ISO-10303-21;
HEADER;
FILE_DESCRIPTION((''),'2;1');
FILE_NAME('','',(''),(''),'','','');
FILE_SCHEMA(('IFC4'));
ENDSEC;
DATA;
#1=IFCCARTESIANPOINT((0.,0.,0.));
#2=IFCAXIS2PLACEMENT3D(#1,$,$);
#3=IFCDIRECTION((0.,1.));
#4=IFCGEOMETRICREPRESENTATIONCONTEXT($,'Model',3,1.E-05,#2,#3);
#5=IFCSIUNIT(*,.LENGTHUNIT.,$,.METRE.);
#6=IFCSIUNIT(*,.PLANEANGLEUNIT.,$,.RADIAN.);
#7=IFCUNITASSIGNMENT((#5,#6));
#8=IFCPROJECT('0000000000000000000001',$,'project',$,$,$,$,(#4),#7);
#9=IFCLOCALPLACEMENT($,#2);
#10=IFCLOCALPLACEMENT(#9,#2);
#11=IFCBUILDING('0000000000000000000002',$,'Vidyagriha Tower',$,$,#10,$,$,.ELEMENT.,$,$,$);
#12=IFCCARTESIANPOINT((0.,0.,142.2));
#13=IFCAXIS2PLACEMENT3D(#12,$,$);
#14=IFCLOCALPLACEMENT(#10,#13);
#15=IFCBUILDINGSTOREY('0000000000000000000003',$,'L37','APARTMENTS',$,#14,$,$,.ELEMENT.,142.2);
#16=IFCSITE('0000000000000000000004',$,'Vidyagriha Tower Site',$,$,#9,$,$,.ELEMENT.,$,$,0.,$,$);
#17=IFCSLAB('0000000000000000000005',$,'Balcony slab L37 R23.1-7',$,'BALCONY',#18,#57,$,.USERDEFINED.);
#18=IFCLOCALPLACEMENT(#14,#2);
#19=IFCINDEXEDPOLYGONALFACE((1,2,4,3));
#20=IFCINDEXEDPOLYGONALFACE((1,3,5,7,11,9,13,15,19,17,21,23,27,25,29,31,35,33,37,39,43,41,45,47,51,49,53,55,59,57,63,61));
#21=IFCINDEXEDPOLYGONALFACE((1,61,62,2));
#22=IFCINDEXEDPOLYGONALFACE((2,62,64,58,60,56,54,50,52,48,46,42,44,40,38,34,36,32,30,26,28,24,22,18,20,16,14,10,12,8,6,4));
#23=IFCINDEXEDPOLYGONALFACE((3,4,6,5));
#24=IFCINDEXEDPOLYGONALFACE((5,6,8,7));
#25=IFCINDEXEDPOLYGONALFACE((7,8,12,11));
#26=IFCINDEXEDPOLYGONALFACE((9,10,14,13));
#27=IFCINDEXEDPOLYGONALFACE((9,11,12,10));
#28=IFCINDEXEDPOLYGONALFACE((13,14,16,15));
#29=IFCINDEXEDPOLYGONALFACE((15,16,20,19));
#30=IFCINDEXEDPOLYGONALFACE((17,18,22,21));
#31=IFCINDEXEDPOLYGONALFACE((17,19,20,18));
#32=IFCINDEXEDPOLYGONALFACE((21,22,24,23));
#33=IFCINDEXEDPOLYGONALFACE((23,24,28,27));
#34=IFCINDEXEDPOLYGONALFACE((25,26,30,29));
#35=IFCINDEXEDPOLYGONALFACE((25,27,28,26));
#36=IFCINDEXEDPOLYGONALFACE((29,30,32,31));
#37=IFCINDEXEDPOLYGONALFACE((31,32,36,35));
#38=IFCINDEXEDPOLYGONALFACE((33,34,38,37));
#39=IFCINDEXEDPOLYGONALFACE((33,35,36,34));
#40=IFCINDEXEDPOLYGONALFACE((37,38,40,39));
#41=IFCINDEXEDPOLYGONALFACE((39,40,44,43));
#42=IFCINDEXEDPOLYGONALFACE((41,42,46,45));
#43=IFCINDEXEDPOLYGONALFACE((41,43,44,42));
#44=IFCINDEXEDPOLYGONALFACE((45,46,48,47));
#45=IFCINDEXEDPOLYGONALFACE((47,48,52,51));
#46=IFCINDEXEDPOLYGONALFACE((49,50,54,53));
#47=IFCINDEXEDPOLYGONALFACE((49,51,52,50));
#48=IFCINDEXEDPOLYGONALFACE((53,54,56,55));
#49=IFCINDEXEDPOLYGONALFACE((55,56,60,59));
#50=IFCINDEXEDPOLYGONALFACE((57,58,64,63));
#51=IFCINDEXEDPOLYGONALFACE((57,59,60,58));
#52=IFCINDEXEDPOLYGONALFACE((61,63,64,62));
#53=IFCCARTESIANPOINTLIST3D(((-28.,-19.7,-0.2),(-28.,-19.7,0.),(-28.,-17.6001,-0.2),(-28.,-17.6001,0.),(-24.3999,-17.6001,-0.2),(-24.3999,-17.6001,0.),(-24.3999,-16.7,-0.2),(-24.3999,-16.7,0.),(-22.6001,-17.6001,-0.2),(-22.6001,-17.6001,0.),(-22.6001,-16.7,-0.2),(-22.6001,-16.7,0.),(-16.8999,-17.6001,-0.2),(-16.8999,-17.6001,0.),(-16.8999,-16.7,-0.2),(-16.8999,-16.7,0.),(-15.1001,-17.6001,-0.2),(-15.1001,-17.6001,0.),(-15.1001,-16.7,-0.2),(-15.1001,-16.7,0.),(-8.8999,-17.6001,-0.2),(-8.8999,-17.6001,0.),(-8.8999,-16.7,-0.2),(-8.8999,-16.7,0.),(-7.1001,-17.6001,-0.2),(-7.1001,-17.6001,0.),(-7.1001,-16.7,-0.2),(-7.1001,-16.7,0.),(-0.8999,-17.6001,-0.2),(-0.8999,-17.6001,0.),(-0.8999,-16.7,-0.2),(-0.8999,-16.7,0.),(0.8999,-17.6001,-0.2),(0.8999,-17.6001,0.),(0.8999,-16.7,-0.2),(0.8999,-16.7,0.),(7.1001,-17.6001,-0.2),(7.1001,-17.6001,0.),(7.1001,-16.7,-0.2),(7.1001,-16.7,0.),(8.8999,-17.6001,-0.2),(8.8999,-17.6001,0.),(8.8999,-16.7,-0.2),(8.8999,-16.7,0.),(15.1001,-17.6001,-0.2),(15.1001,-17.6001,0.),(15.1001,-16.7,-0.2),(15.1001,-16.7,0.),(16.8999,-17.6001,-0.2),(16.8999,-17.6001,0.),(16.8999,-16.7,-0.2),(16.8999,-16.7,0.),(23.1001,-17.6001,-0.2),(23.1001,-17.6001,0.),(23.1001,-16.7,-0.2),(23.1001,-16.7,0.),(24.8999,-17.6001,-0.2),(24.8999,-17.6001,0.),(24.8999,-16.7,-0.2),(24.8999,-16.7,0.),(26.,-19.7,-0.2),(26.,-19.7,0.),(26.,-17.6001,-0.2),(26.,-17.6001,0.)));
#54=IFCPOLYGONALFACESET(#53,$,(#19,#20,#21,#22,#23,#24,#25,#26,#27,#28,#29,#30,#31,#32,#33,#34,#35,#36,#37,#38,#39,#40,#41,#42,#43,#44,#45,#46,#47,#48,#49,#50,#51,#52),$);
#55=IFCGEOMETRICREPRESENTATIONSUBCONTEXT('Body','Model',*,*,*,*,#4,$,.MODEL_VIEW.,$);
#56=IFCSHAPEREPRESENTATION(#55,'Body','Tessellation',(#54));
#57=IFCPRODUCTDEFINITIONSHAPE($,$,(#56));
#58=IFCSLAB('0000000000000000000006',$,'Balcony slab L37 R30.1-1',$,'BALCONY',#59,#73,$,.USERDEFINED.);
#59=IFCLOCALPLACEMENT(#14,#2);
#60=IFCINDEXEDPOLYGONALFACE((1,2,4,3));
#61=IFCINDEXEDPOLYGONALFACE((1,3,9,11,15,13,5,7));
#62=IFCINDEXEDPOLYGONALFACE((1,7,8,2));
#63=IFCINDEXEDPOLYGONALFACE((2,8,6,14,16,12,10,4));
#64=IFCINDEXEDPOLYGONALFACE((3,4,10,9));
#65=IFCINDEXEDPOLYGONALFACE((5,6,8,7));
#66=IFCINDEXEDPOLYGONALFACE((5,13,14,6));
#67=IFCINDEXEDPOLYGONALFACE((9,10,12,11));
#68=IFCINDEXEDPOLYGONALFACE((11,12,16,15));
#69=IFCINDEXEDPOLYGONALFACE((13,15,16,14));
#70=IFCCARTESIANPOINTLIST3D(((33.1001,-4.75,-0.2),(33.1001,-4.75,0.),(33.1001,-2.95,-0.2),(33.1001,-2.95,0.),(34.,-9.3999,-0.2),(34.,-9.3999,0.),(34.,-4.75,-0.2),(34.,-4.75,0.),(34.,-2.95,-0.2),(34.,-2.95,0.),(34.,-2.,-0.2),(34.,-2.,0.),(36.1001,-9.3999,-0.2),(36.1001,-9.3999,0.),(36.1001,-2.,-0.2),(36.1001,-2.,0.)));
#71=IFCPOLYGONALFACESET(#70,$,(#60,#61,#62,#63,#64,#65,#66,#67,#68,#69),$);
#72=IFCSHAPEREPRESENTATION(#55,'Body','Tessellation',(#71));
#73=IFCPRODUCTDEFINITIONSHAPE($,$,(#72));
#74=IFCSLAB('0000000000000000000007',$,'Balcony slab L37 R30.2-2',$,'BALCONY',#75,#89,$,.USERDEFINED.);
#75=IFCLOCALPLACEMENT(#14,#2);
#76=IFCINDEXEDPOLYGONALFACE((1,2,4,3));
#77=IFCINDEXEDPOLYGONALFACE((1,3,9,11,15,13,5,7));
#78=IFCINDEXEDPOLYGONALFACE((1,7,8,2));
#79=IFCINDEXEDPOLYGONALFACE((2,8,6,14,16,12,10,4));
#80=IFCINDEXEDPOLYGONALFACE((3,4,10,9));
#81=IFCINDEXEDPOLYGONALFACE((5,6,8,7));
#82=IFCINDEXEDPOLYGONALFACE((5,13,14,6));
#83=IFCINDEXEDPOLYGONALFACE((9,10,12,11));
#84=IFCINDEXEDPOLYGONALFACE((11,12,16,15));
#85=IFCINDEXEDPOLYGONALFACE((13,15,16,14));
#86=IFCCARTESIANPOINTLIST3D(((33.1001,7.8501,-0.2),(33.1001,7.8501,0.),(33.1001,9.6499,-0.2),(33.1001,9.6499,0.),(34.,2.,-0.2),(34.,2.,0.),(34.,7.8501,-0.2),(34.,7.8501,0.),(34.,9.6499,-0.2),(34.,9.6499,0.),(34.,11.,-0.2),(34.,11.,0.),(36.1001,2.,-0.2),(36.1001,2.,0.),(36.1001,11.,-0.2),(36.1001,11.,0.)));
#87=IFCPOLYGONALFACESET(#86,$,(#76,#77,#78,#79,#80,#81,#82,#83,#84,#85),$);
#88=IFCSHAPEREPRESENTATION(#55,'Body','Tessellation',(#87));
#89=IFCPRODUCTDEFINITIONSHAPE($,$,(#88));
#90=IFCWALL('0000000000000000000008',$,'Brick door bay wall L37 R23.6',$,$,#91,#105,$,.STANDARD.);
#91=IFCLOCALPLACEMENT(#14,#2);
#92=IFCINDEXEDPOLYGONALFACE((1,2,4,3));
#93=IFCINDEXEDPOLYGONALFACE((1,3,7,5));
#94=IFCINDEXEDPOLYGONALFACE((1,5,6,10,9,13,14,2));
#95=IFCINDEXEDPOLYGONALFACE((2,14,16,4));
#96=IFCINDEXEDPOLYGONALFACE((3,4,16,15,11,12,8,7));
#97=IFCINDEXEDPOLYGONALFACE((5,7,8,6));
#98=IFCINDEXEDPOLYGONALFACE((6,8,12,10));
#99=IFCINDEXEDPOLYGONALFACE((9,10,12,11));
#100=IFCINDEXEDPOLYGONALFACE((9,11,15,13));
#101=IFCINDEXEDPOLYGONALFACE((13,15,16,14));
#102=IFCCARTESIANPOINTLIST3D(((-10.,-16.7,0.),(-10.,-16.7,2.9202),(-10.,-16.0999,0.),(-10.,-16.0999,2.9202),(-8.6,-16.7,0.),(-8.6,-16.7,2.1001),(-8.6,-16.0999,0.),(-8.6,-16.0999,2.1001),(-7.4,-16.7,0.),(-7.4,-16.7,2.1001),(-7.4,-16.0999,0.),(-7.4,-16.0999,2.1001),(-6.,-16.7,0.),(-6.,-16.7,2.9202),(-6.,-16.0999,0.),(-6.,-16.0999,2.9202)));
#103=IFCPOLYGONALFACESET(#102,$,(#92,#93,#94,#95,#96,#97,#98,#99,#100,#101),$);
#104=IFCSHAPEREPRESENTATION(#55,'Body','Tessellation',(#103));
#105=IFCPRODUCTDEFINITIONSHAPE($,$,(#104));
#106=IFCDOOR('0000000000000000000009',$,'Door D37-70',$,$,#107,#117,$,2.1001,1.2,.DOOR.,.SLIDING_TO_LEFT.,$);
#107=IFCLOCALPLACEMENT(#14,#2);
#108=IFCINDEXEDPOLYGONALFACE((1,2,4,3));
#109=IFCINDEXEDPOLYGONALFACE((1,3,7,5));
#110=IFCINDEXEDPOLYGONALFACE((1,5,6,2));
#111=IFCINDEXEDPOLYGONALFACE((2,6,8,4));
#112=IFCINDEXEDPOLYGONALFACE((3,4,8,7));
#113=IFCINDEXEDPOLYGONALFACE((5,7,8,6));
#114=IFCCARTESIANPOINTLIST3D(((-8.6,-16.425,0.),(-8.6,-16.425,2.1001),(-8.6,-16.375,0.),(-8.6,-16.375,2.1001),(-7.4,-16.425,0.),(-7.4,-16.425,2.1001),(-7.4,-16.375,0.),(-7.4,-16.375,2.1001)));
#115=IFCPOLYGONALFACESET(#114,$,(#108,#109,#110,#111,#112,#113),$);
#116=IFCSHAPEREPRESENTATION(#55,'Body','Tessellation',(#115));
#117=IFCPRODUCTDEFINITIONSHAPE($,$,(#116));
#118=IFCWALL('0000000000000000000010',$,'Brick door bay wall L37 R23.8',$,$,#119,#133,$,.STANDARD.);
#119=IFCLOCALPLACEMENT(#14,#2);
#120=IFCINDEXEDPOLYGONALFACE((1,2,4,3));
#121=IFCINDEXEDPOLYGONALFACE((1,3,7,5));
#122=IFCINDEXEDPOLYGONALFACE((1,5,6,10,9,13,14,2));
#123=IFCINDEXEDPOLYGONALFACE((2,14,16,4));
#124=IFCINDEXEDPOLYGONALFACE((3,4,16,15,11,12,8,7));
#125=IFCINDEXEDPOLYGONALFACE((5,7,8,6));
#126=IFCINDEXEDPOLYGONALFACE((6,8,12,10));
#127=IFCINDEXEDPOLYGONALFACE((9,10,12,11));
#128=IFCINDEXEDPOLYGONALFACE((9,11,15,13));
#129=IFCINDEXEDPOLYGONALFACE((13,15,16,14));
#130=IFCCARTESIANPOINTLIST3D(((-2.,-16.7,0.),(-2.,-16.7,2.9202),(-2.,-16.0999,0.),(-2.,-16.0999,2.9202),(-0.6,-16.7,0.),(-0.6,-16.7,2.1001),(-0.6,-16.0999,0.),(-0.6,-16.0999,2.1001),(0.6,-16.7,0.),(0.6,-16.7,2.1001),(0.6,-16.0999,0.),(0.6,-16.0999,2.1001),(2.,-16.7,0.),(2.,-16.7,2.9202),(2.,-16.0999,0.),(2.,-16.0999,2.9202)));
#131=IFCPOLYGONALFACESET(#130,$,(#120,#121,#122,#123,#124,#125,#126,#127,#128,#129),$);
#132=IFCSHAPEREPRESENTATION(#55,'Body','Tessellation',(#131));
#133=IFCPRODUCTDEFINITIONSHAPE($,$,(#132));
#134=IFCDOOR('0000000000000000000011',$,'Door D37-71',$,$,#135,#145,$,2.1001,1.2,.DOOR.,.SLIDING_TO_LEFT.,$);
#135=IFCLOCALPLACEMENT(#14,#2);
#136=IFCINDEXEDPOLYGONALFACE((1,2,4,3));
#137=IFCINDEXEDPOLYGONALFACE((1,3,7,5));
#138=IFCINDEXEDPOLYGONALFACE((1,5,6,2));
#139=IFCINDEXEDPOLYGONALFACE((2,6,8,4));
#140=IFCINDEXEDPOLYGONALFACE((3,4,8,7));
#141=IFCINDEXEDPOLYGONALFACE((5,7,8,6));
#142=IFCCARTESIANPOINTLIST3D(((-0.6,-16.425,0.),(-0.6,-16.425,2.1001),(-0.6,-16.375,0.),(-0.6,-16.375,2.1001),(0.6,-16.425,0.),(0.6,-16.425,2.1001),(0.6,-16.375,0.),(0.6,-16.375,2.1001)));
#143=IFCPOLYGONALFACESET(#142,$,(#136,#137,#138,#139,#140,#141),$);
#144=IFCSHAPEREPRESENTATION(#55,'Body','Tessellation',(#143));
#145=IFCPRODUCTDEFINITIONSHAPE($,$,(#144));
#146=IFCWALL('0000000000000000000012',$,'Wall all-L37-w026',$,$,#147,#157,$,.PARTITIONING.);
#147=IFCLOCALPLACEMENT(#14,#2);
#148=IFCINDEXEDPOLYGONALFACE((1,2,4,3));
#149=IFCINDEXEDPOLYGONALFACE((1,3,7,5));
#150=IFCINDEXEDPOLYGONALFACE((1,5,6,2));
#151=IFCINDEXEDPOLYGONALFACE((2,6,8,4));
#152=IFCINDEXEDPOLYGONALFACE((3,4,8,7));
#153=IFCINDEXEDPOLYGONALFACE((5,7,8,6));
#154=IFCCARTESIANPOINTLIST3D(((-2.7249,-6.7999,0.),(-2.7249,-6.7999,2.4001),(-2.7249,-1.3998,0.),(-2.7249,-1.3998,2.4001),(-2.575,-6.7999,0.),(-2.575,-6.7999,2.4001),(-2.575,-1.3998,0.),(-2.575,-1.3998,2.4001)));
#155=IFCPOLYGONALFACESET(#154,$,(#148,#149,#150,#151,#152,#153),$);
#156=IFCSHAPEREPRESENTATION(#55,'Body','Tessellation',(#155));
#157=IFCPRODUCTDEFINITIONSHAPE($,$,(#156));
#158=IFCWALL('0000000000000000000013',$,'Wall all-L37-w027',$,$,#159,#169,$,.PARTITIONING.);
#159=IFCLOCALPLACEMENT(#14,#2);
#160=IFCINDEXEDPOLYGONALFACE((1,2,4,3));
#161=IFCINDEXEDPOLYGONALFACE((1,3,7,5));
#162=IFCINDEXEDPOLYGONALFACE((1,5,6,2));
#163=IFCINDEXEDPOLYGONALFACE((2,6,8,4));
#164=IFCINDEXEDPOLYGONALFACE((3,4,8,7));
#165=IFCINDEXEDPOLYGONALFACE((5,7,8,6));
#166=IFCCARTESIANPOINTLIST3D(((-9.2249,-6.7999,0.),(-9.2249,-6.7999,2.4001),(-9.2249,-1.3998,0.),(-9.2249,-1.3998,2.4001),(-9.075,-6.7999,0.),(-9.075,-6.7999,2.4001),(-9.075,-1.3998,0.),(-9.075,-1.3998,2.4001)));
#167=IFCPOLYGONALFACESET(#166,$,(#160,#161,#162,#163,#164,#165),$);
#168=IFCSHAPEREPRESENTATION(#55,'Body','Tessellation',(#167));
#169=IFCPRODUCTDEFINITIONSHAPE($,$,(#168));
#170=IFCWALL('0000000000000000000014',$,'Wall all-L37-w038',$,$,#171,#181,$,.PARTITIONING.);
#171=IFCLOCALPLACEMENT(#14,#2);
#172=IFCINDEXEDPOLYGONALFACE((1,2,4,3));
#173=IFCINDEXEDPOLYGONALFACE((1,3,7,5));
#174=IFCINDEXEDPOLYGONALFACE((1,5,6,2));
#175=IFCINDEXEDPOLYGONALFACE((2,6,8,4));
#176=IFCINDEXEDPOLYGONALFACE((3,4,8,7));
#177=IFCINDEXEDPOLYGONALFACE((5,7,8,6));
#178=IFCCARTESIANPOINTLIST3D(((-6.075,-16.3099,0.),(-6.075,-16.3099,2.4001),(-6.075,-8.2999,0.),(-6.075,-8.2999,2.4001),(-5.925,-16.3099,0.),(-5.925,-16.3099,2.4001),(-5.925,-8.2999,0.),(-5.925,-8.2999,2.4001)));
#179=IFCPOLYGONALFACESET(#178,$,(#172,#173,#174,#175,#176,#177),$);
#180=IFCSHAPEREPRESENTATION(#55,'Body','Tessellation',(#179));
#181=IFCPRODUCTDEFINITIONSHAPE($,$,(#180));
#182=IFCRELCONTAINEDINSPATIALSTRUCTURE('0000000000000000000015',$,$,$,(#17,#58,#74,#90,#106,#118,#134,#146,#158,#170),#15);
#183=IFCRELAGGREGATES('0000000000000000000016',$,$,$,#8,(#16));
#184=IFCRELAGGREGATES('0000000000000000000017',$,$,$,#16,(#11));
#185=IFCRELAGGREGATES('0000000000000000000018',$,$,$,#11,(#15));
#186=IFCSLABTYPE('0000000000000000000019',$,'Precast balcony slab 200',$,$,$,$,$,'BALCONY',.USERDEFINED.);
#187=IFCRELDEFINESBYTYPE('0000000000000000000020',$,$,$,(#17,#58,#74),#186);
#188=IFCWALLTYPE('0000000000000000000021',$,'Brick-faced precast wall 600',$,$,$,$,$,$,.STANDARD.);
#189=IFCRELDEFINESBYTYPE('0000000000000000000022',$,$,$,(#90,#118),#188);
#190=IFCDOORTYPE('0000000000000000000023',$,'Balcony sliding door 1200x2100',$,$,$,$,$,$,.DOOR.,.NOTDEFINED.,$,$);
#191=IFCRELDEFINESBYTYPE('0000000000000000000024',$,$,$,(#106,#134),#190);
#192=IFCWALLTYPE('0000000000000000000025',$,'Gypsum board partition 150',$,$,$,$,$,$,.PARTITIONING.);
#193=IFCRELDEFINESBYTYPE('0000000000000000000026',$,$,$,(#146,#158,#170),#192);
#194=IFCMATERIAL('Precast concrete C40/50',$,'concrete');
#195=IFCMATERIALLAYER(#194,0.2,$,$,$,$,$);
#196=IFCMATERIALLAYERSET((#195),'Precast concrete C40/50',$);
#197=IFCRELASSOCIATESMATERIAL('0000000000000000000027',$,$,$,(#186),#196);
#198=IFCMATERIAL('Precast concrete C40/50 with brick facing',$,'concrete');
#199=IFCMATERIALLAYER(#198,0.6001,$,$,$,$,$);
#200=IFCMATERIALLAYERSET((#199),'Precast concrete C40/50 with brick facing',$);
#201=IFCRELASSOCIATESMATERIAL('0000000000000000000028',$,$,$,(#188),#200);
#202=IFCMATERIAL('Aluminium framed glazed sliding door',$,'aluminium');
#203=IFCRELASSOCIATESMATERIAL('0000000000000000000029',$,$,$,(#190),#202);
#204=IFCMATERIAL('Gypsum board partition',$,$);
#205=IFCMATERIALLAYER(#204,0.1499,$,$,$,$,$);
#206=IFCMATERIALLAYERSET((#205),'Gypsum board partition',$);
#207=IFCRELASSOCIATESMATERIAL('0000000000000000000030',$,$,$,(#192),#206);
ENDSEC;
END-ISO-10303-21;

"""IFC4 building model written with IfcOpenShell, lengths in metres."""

from ifc_helpers import new_model, si_unit, direction, frame, frame_2d, origin, place, context, subcontext, project, spatial, polyline, rectangle, outline, extrude, material, layer, layer_set, type_object, element, fill, save


model = new_model("IFC4")

# Units and contexts
model_context = context("Model", 3, precision=1e-05, world=origin(), true_north=direction((0.0, 1.0)))
body_context = subcontext(model_context, "Body", "Model", "MODEL_VIEW")
ifc_project = project(units=[si_unit("LENGTHUNIT", "METRE"), si_unit("PLANEANGLEUNIT", "RADIAN")], contexts=[model_context])

# Site, building, storey
site_placement = place(None, origin())
site = spatial("IfcSite", under=ifc_project, at=site_placement, Name="Vidyagriha Tower Site", CompositionType="ELEMENT", RefElevation=0.0)
building_placement = place(site_placement, origin())
building = spatial("IfcBuilding", under=site, at=building_placement, Name="Vidyagriha Tower", CompositionType="ELEMENT")
storey_placement = place(building_placement, frame((0.0, 0.0, 142.2)))
storey = spatial("IfcBuildingStorey", under=building, at=storey_placement, Name="L37", Description="APARTMENTS", CompositionType="ELEMENT", Elevation=142.2)

# Slabs
ifc_material_1 = material(Name="Precast concrete C40/50", Category="concrete")
ifc_layer_1 = layer(ifc_material_1, 0.2)
ifc_layer_set_1 = layer_set([ifc_layer_1], Name="Precast concrete C40/50")
slab_type_1 = type_object("IfcSlabType", Name="Precast balcony slab 200", ElementType="BALCONY", PredefinedType="USERDEFINED", material=ifc_layer_set_1)
slab_1_placement = place(storey_placement, frame((0.0, 0.0, -0.2)))
element("IfcSlab", 1, at=slab_1_placement, inside=storey, type_object=slab_type_1, Name="Balcony slab L37 R23.1-7", ObjectType="BALCONY", PredefinedType="USERDEFINED", context=body_context, shape_type="SweptSolid", body=[
    extrude(outline(polyline([(-22.6001, -16.7), (-24.3999, -16.7), (-24.3999, -17.6001), (-28.0, -17.6001), (-28.0, -19.7), (26.0, -19.7), (26.0, -17.6001), (24.8999, -17.6001), (24.8999, -16.7), (23.1001, -16.7), (23.1001, -17.6001), (16.8999, -17.6001), (16.8999, -16.7), (15.1001, -16.7), (15.1001, -17.6001), (8.8999, -17.6001), (8.8999, -16.7), (7.1001, -16.7), (7.1001, -17.6001), (0.8999, -17.6001), (0.8999, -16.7), (-0.8999, -16.7), (-0.8999, -17.6001), (-7.1001, -17.6001), (-7.1001, -16.7), (-8.8999, -16.7), (-8.8999, -17.6001), (-15.1001, -17.6001), (-15.1001, -16.7), (-16.8999, -16.7), (-16.8999, -17.6001), (-22.6001, -17.6001), (-22.6001, -16.7)])), origin(), (0.0, 0.0, 1.0), 0.2),
])
slab_2_placement = place(storey_placement, frame((0.0, 0.0, -0.2)))
element("IfcSlab", 2, at=slab_2_placement, inside=storey, type_object=slab_type_1, Name="Balcony slab L37 R30.1-1", ObjectType="BALCONY", PredefinedType="USERDEFINED", context=body_context, shape_type="SweptSolid", body=[
    extrude(outline(polyline([(34.0, -4.75), (34.0, -9.3999), (36.1001, -9.3999), (36.1001, -2.0), (34.0, -2.0), (34.0, -2.95), (33.1001, -2.95), (33.1001, -4.75), (34.0, -4.75)])), origin(), (0.0, 0.0, 1.0), 0.2),
])
slab_3_placement = place(storey_placement, frame((0.0, 0.0, -0.2)))
element("IfcSlab", 3, at=slab_3_placement, inside=storey, type_object=slab_type_1, Name="Balcony slab L37 R30.2-2", ObjectType="BALCONY", PredefinedType="USERDEFINED", context=body_context, shape_type="SweptSolid", body=[
    extrude(outline(polyline([(34.0, 7.8501), (34.0, 2.0), (36.1001, 2.0), (36.1001, 11.0), (34.0, 11.0), (34.0, 9.6499), (33.1001, 9.6499), (33.1001, 7.8501), (34.0, 7.8501)])), origin(), (0.0, 0.0, 1.0), 0.2),
])

# Walls, openings, doors
ifc_material_2 = material(Name="Precast concrete C40/50 with brick facing", Category="concrete")
ifc_layer_2 = layer(ifc_material_2, 0.6001)
ifc_layer_set_2 = layer_set([ifc_layer_2], Name="Precast concrete C40/50 with brick facing")
wall_type_1 = type_object("IfcWallType", Name="Brick-faced precast wall 600", PredefinedType="STANDARD", material=ifc_layer_set_2)
wall_1_placement = place(storey_placement, frame((-10.0, -16.3999, 0.0)))
wall_1 = element("IfcWall", 4, at=wall_1_placement, inside=storey, type_object=wall_type_1, Name="Brick door bay wall L37 R23.6", PredefinedType="STANDARD", context=body_context, shape_type="SweptSolid", body=[
    extrude(rectangle(XDim=4.0, YDim=0.6001, at=frame_2d((2.0, 0.0))), origin(), (0.0, 0.0, 1.0), 2.9202),
])
opening_1_placement = place(wall_1_placement, frame((1.3999, 0.0, 0.0)))
opening_1 = element("IfcOpeningElement", 5, at=opening_1_placement, cuts=wall_1, PredefinedType="OPENING", context=body_context, shape_type="SweptSolid", body=[
    extrude(rectangle(XDim=1.2, YDim=2.1001, at=frame_2d((0.6001, 1.05))), frame((0.0, 0.3101, 0.0), z_axis=(0.0, -1.0, 0.0), x_axis=(1.0, 0.0, 0.0)), (0.0, 0.0, 1.0), 0.6201),
])
ifc_material_3 = material(Name="Aluminium framed glazed sliding door", Category="aluminium")
door_type = type_object("IfcDoorType", Name="Balcony sliding door 1200x2100", OperationType="NOTDEFINED", PredefinedType="DOOR", material=ifc_material_3)
door_1_placement = place(opening_1_placement, origin())
door_1 = element("IfcDoor", 6, at=door_1_placement, inside=storey, type_object=door_type, Name="Door D37-70", OperationType="SLIDING_TO_LEFT", OverallHeight=2.1001, OverallWidth=1.2, PredefinedType="DOOR", context=body_context, shape_type="SweptSolid", body=[
    extrude(rectangle(XDim=1.2, YDim=2.1001, at=frame_2d((0.6001, 1.05))), frame((0.0, 0.0249, 0.0), z_axis=(0.0, -1.0, 0.0), x_axis=(1.0, 0.0, 0.0)), (0.0, 0.0, 1.0), 0.05),
])
fill(opening_1, door_1)
wall_2_placement = place(storey_placement, frame((-2.0, -16.3999, 0.0)))
wall_2 = element("IfcWall", 7, at=wall_2_placement, inside=storey, type_object=wall_type_1, Name="Brick door bay wall L37 R23.8", PredefinedType="STANDARD", context=body_context, shape_type="SweptSolid", body=[
    extrude(rectangle(XDim=4.0, YDim=0.6001, at=frame_2d((2.0, 0.0))), origin(), (0.0, 0.0, 1.0), 2.9202),
])
opening_2_placement = place(wall_2_placement, frame((1.3999, 0.0, 0.0)))
opening_2 = element("IfcOpeningElement", 8, at=opening_2_placement, cuts=wall_2, PredefinedType="OPENING", context=body_context, shape_type="SweptSolid", body=[
    extrude(rectangle(XDim=1.2, YDim=2.1001, at=frame_2d((0.6001, 1.05))), frame((0.0, 0.3101, 0.0), z_axis=(0.0, -1.0, 0.0), x_axis=(1.0, 0.0, 0.0)), (0.0, 0.0, 1.0), 0.6201),
])
door_2_placement = place(opening_2_placement, origin())
door_2 = element("IfcDoor", 9, at=door_2_placement, inside=storey, type_object=door_type, Name="Door D37-71", OperationType="SLIDING_TO_LEFT", OverallHeight=2.1001, OverallWidth=1.2, PredefinedType="DOOR", context=body_context, shape_type="SweptSolid", body=[
    extrude(rectangle(XDim=1.2, YDim=2.1001, at=frame_2d((0.6001, 1.05))), frame((0.0, 0.0249, 0.0), z_axis=(0.0, -1.0, 0.0), x_axis=(1.0, 0.0, 0.0)), (0.0, 0.0, 1.0), 0.05),
])
fill(opening_2, door_2)

# Walls
ifc_material_4 = material(Name="Gypsum board partition")
ifc_layer_3 = layer(ifc_material_4, 0.1499)
ifc_layer_set_3 = layer_set([ifc_layer_3], Name="Gypsum board partition")
wall_type_2 = type_object("IfcWallType", Name="Gypsum board partition 150", PredefinedType="PARTITIONING", material=ifc_layer_set_3)
for number, where, z_axis, x_axis, name in (
    (10, (-2.6499, -6.8, 0.0), (0.0, 0.0, 1.0), (0.0, 1.0, 0.0), "Wall all-L37-w026"),
    (11, (-9.1499, -6.8, 0.0), (0.0, 0.0, 1.0), (0.0, 1.0, 0.0), "Wall all-L37-w027"),
):
    element("IfcWall", number, at=place(storey_placement, frame(where, z_axis=z_axis, x_axis=x_axis)), inside=storey, type_object=wall_type_2, Name=name, PredefinedType="PARTITIONING", context=body_context, shape_type="SweptSolid", body=[
        extrude(rectangle(XDim=5.4001, YDim=0.1499, at=frame_2d((2.7002, 0.0))), origin(), (0.0, 0.0, 1.0), 2.4001),
    ])
wall_3_placement = place(storey_placement, frame((-6.0, -8.3, 0.0), z_axis=(0.0, 0.0, 1.0), x_axis=(0.0, -1.0, 0.0)))
element("IfcWall", 12, at=wall_3_placement, inside=storey, type_object=wall_type_2, Name="Wall all-L37-w038", PredefinedType="PARTITIONING", context=body_context, shape_type="SweptSolid", body=[
    extrude(rectangle(XDim=8.01, YDim=0.1499, at=frame_2d((4.0049, 0.0))), origin(), (0.0, 0.0, 1.0), 2.4001),
])

save(model, "model.ifc")
